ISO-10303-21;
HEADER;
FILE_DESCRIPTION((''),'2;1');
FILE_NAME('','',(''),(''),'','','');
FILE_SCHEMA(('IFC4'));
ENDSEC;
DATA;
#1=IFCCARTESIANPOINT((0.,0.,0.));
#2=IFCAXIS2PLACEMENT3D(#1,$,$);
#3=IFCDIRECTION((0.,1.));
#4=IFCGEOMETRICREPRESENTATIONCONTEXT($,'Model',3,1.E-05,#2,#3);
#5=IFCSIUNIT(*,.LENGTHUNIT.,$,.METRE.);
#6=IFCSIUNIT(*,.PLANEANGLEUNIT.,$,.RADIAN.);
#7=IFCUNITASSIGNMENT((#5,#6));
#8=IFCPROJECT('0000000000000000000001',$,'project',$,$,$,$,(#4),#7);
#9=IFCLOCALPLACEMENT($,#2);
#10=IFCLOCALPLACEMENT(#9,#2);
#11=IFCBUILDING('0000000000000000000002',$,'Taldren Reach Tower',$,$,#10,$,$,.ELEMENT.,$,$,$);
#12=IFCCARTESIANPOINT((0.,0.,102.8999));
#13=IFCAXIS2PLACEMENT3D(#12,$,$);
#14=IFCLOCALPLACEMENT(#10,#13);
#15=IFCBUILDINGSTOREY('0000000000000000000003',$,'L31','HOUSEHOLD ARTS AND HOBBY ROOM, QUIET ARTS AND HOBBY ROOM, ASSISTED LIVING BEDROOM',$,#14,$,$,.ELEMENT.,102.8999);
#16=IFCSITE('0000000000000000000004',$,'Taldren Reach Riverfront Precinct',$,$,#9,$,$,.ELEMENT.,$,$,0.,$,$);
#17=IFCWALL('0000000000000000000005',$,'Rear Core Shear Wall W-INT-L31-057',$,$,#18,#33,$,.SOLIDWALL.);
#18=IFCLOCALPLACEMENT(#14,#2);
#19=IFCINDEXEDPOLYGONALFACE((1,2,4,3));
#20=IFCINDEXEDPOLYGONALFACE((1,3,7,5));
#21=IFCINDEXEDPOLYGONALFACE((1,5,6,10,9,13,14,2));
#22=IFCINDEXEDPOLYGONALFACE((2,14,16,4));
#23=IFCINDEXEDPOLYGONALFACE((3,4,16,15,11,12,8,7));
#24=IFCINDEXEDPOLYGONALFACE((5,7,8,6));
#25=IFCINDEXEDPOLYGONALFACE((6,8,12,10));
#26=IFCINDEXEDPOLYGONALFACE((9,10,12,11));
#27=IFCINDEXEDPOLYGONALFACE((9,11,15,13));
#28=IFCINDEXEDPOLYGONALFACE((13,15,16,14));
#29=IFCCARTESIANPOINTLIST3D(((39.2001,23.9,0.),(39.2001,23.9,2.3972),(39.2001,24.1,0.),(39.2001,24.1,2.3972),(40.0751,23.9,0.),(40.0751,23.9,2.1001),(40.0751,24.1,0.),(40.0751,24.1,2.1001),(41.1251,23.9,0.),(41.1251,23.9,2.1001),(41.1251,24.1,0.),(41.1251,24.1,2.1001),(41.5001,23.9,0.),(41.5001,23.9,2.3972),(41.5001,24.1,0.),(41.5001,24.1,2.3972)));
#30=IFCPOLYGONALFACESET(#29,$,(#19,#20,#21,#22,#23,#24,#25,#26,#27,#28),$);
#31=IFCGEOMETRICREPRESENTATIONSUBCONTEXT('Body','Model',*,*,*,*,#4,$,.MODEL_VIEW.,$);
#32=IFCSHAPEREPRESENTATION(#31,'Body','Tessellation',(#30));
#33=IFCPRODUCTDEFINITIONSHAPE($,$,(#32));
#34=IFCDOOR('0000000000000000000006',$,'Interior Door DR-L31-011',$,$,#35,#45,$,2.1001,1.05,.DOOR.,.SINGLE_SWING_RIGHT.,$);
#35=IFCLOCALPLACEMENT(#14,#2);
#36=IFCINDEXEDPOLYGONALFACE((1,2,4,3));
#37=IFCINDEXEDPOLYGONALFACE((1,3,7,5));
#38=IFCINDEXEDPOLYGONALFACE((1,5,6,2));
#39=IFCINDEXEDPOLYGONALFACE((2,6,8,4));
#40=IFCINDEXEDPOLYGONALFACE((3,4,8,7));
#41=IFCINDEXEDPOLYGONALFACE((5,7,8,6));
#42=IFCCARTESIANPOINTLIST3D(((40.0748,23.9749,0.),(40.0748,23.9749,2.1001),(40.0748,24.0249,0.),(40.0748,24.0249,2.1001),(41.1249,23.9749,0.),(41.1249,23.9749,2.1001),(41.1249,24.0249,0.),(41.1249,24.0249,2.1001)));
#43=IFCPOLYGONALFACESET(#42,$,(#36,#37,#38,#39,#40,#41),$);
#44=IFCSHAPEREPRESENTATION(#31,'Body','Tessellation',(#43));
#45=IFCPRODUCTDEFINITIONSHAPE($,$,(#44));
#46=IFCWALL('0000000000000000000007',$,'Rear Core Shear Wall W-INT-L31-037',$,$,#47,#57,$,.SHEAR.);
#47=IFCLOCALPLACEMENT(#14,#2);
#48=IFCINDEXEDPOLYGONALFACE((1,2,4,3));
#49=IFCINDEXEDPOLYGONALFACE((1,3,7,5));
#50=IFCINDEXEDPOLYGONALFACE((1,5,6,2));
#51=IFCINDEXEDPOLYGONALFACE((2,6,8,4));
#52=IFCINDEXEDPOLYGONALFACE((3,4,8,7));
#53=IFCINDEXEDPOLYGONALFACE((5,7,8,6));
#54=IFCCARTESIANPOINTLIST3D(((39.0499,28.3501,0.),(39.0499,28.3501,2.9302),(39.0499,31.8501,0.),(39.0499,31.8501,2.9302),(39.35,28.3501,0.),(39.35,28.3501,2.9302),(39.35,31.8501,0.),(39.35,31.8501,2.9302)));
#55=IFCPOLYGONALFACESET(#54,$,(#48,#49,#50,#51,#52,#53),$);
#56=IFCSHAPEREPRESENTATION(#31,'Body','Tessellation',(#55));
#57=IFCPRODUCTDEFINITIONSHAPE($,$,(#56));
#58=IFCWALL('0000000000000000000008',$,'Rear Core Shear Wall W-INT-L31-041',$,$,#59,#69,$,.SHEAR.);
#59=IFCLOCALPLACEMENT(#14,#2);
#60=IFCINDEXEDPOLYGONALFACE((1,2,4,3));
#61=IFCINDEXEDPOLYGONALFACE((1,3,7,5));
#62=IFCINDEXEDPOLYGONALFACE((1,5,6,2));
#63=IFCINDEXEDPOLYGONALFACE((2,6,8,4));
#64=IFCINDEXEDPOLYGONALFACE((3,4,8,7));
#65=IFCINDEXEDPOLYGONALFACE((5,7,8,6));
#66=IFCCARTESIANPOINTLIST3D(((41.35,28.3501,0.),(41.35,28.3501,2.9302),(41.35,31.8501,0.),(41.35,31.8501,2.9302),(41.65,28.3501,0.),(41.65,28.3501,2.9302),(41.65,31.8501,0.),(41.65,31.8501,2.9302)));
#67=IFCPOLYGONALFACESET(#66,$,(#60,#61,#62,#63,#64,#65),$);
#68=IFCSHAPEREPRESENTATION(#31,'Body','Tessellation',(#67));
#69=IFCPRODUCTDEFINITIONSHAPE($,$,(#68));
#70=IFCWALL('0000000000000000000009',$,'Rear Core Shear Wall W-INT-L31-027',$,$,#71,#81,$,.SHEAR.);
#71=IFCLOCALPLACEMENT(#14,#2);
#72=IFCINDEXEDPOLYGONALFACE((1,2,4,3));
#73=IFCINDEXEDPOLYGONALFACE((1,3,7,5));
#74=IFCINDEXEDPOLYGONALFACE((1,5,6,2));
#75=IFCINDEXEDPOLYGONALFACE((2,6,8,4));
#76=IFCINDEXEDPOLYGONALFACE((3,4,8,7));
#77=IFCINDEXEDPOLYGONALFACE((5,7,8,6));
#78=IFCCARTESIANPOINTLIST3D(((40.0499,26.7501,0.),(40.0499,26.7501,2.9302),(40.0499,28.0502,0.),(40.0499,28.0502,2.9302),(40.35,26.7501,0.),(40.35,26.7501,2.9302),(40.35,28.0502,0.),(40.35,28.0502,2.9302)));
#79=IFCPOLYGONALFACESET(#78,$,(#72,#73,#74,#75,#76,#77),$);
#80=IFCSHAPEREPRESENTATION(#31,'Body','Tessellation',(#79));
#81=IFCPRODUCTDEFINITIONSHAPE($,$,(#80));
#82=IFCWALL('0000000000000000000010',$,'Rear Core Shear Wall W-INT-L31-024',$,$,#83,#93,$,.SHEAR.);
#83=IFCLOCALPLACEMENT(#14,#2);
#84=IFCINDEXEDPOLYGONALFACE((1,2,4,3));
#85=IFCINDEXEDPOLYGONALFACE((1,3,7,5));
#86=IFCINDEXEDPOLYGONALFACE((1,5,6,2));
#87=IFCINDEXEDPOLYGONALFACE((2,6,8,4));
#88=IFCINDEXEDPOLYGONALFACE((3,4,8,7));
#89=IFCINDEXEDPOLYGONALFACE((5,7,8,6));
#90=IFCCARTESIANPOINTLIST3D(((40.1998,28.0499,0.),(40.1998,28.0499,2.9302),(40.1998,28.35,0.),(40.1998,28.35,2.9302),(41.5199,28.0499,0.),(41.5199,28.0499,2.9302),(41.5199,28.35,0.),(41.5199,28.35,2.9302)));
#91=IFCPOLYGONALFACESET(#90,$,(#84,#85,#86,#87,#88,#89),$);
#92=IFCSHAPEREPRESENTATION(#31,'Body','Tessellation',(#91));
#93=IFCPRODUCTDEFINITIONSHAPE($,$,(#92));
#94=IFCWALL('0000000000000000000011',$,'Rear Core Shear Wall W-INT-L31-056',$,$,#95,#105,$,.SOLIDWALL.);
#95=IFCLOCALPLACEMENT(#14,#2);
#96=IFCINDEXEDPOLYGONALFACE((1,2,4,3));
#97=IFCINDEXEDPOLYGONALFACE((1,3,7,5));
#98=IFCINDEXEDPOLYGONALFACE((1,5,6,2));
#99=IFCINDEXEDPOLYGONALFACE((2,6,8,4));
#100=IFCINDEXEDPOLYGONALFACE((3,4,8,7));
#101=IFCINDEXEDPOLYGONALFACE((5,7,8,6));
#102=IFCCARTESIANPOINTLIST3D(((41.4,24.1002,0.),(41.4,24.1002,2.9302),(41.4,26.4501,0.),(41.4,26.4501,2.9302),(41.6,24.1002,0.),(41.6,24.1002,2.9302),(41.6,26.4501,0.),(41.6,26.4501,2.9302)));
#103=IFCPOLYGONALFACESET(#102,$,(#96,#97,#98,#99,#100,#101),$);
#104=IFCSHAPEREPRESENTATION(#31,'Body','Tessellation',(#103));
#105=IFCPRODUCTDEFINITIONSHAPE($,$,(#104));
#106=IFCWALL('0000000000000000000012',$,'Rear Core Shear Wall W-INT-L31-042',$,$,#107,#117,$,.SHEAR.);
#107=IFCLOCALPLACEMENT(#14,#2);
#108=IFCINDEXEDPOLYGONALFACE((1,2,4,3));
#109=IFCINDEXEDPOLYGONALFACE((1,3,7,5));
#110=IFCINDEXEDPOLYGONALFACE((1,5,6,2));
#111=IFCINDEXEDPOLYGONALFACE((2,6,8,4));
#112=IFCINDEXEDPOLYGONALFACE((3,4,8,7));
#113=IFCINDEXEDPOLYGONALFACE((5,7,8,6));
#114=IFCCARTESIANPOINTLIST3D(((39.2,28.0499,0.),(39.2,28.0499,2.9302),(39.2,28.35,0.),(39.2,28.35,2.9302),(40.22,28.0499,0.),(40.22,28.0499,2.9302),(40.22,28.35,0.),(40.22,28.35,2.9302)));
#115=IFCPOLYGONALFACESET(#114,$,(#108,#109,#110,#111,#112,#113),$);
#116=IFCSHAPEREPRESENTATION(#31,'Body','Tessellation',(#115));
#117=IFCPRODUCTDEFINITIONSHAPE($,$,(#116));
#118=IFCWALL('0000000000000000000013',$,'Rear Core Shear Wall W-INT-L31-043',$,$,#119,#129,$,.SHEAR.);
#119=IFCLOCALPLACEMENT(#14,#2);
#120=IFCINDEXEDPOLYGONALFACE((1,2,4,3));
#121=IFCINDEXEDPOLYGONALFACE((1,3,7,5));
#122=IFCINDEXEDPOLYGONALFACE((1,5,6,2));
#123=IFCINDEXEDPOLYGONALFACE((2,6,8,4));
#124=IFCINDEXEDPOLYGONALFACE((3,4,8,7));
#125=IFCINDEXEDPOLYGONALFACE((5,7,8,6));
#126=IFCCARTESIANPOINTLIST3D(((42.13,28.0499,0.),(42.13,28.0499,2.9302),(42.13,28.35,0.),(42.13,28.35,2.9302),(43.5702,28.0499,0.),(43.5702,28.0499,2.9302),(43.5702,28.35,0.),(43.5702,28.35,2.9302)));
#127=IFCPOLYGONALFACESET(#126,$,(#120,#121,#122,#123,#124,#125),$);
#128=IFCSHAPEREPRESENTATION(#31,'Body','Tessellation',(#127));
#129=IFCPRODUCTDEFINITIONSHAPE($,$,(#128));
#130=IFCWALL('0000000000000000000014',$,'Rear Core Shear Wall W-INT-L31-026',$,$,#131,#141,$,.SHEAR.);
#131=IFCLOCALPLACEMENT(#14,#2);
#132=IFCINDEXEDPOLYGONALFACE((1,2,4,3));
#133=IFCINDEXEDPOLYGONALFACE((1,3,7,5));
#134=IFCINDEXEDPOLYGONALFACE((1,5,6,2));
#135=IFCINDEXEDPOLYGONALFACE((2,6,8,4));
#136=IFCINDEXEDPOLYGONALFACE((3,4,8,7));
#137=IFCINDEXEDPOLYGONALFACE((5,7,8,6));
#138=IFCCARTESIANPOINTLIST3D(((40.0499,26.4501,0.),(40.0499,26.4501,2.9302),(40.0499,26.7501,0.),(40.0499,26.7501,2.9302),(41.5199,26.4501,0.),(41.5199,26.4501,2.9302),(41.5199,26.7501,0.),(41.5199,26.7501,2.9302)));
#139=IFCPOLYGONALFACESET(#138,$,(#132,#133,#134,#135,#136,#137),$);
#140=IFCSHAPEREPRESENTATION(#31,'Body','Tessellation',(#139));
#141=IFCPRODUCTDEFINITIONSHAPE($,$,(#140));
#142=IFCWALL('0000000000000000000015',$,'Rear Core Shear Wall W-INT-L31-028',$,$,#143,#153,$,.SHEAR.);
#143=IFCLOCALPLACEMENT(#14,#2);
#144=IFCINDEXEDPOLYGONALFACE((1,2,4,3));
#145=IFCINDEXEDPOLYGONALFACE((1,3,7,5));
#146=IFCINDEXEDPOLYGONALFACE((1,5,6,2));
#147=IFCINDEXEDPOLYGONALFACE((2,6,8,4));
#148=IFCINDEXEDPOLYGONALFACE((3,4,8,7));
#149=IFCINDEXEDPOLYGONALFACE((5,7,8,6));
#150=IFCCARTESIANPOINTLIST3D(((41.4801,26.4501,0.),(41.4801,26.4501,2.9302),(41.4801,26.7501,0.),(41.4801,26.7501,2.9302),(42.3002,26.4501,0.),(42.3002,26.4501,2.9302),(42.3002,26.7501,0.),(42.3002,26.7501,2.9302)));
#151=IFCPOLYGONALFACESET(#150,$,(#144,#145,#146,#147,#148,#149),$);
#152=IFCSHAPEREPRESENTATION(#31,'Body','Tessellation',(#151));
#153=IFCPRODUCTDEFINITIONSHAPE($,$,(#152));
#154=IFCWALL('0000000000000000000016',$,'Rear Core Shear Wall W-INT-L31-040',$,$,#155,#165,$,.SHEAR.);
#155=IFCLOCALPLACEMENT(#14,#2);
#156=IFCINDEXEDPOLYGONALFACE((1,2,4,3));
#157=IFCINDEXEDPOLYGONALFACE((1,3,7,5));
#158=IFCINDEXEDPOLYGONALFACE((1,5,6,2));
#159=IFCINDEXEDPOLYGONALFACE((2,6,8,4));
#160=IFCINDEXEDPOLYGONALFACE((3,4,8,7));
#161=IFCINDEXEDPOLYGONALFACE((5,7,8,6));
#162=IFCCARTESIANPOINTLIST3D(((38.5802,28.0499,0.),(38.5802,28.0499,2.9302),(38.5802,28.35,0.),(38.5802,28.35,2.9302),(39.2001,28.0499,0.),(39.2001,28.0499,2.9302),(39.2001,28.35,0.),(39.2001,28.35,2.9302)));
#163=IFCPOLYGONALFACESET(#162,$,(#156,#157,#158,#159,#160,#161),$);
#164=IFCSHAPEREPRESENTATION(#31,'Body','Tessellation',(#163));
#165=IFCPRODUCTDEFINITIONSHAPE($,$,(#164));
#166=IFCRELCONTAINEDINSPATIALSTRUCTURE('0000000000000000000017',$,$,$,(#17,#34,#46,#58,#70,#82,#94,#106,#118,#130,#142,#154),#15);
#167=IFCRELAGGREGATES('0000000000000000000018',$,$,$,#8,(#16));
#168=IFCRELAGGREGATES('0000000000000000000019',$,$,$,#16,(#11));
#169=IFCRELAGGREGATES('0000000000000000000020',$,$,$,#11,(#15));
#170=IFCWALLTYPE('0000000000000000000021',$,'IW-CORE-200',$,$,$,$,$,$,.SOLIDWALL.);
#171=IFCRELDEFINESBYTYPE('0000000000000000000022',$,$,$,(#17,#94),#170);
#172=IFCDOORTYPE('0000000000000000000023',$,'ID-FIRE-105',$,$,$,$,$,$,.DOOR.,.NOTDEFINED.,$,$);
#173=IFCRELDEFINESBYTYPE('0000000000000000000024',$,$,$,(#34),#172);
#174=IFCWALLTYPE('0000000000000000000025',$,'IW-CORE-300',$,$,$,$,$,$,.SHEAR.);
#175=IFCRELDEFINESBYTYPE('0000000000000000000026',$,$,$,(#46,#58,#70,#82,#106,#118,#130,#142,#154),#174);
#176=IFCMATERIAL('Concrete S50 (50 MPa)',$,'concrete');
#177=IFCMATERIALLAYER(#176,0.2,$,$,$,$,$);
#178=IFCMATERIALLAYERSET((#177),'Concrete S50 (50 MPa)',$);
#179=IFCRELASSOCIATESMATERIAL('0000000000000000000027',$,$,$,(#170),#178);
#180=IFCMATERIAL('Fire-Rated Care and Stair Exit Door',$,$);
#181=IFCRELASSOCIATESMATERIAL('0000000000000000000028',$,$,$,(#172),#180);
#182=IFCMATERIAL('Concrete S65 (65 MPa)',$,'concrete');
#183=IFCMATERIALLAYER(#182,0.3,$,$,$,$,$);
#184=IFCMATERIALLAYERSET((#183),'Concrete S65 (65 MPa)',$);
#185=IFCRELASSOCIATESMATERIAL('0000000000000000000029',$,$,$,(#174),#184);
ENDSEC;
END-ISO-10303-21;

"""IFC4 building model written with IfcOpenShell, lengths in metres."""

from ifc_helpers import new_model, si_unit, direction, frame, frame_2d, origin, place, context, subcontext, project, spatial, rectangle, extrude, source, transform, mapped, material, layer, layer_set, type_object, element, fill, save


model = new_model("IFC4")

# Units and contexts
model_context = context("Model", 3, precision=1e-05, world=origin(), true_north=direction((0.0, 1.0)))
body_context = subcontext(model_context, "Body", "Model", "MODEL_VIEW")
ifc_project = project(units=[si_unit("LENGTHUNIT", "METRE"), si_unit("PLANEANGLEUNIT", "RADIAN")], contexts=[model_context])

# Site, building, storey
site_placement = place(None, origin())
site = spatial("IfcSite", under=ifc_project, at=site_placement, Name="Taldren Reach Riverfront Precinct", CompositionType="ELEMENT", RefElevation=0.0)
building_placement = place(site_placement, origin())
building = spatial("IfcBuilding", under=site, at=building_placement, Name="Taldren Reach Tower", CompositionType="ELEMENT")
storey_placement = place(building_placement, frame((0.0, 0.0, 102.8999)))
storey = spatial("IfcBuildingStorey", under=building, at=storey_placement, Name="L31", Description="HOUSEHOLD ARTS AND HOBBY ROOM, QUIET ARTS AND HOBBY ROOM, ASSISTED LIVING BEDROOM", CompositionType="ELEMENT", Elevation=102.8999)

# Shared definitions
ifc_material_1 = material(Name="Concrete S65 (65 MPa)", Category="concrete")

# Shared definitions
ifc_material_2 = material(Name="Concrete S50 (50 MPa)", Category="concrete")
ifc_layer_1 = layer(ifc_material_2, 0.2)
ifc_layer_set_1 = layer_set([ifc_layer_1], Name="Concrete S50 (50 MPa)")
wall_type_1 = type_object("IfcWallType", Name="IW-CORE-200", PredefinedType="SOLIDWALL", material=ifc_layer_set_1)

# Wall, opening, door
shared_shape_1 = source(origin(), body_context, "Body", "SweptSolid", [
    extrude(rectangle(XDim=1.05, YDim=2.1001, at=frame_2d((0.5249, 1.05))), frame((0.0, 0.1099, 0.0), z_axis=(0.0, -1.0, 0.0), x_axis=(1.0, 0.0, 0.0)), (0.0, 0.0, 1.0), 0.22),
])
ifc_material_3 = material(Name="Fire-Rated Care and Stair Exit Door")
door_type_1 = type_object("IfcDoorType", Name="ID-FIRE-105", OperationType="NOTDEFINED", PredefinedType="DOOR", material=ifc_material_3)
shared_shape_2 = source(origin(), body_context, "Body", "SweptSolid", [
    extrude(rectangle(XDim=1.05, YDim=2.1001, at=frame_2d((0.5249, 1.05))), frame((0.0, 0.0249, 0.0), z_axis=(0.0, -1.0, 0.0), x_axis=(1.0, 0.0, 0.0)), (0.0, 0.0, 1.0), 0.05),
])
shared_shape_3 = source(origin(), body_context, "Body", "SweptSolid", [
    extrude(rectangle(XDim=2.3, YDim=0.2, at=frame_2d((1.1499, 0.0))), origin(), (0.0, 0.0, 1.0), 2.3972),
])
wall_1_placement = place(storey_placement, frame((41.5, 24.0, 0.0), z_axis=(0.0, 0.0, 1.0), x_axis=(-1.0, 0.0, 0.0)))
wall_1 = element("IfcWall", 1, at=wall_1_placement, inside=storey, type_object=wall_type_1, Name="Rear Core Shear Wall W-INT-L31-057", PredefinedType="SOLIDWALL", context=body_context, shape_type="MappedRepresentation", body=[
    mapped(shared_shape_3, transform((0.0, 0.0, 0.0), scale=1.0)),
])
opening_1_placement = place(wall_1_placement, frame((0.375, 0.0, 0.0)))
opening_1 = element("IfcOpeningElement", 2, at=opening_1_placement, cuts=wall_1, PredefinedType="OPENING", context=body_context, shape_type="MappedRepresentation", body=[
    mapped(shared_shape_1, transform((0.0, 0.0, 0.0), scale=1.0)),
])
door_1_placement = place(opening_1_placement, frame((1.05, 0.0, 0.0), z_axis=(0.0, 0.0, 1.0), x_axis=(-1.0, 0.0, 0.0)))
door_1 = element("IfcDoor", 3, at=door_1_placement, inside=storey, type_object=door_type_1, Name="Interior Door DR-L31-011", OperationType="SINGLE_SWING_RIGHT", OverallHeight=2.1001, OverallWidth=1.05, PredefinedType="DOOR", context=body_context, shape_type="MappedRepresentation", body=[
    mapped(shared_shape_2, transform((0.0, 0.0, 0.0), scale=1.0)),
])
fill(opening_1, door_1)

# Walls
ifc_layer_2 = layer(ifc_material_1, 0.3)
ifc_layer_set_2 = layer_set([ifc_layer_2], Name="Concrete S65 (65 MPa)")
wall_type_2 = type_object("IfcWallType", Name="IW-CORE-300", PredefinedType="SHEAR", material=ifc_layer_set_2)
shared_shape_4 = source(origin(), body_context, "Body", "SweptSolid", [
    extrude(rectangle(XDim=3.5, YDim=0.3, at=frame_2d((1.75, 0.0))), origin(), (0.0, 0.0, 1.0), 2.9302),
])
for number, where, z_axis, x_axis, name in (
    (4, (39.2, 28.3501, 0.0), (0.0, 0.0, 1.0), (0.0, 1.0, 0.0), "Rear Core Shear Wall W-INT-L31-037"),
    (5, (41.5, 28.3501, 0.0), (0.0, 0.0, 1.0), (0.0, 1.0, 0.0), "Rear Core Shear Wall W-INT-L31-041"),
):
    element("IfcWall", number, at=place(storey_placement, frame(where, z_axis=z_axis, x_axis=x_axis)), inside=storey, type_object=wall_type_2, Name=name, PredefinedType="SHEAR", context=body_context, shape_type="MappedRepresentation", body=[
        mapped(shared_shape_4, transform((0.0, 0.0, 0.0), scale=1.0)),
    ])
shared_shape_5 = source(origin(), body_context, "Body", "SweptSolid", [
    extrude(rectangle(XDim=1.3, YDim=0.3, at=frame_2d((0.6499, 0.0))), origin(), (0.0, 0.0, 1.0), 2.9302),
])
wall_2_placement = place(storey_placement, frame((40.2, 28.05, 0.0), z_axis=(0.0, 0.0, 1.0), x_axis=(0.0, -1.0, 0.0)))
element("IfcWall", 6, at=wall_2_placement, inside=storey, type_object=wall_type_2, Name="Rear Core Shear Wall W-INT-L31-027", PredefinedType="SHEAR", context=body_context, shape_type="MappedRepresentation", body=[
    mapped(shared_shape_5, transform((0.0, 0.0, 0.0), scale=1.0)),
])
shared_shape_6 = source(origin(), body_context, "Body", "SweptSolid", [
    extrude(rectangle(XDim=1.3201, YDim=0.3, at=frame_2d((0.6602, 0.0))), origin(), (0.0, 0.0, 1.0), 2.9302),
])
wall_3_placement = place(storey_placement, frame((41.52, 28.2, 0.0), z_axis=(0.0, 0.0, 1.0), x_axis=(-1.0, 0.0, 0.0)))
element("IfcWall", 7, at=wall_3_placement, inside=storey, type_object=wall_type_2, Name="Rear Core Shear Wall W-INT-L31-024", PredefinedType="SHEAR", context=body_context, shape_type="MappedRepresentation", body=[
    mapped(shared_shape_6, transform((0.0, 0.0, 0.0), scale=1.0)),
])
shared_shape_7 = source(origin(), body_context, "Body", "SweptSolid", [
    extrude(rectangle(XDim=2.3499, YDim=0.2, at=frame_2d((1.1748, 0.0))), origin(), (0.0, 0.0, 1.0), 2.9302),
])
wall_4_placement = place(storey_placement, frame((41.5, 26.45, 0.0), z_axis=(0.0, 0.0, 1.0), x_axis=(0.0, -1.0, 0.0)))
element("IfcWall", 8, at=wall_4_placement, inside=storey, type_object=wall_type_1, Name="Rear Core Shear Wall W-INT-L31-056", PredefinedType="SOLIDWALL", context=body_context, shape_type="MappedRepresentation", body=[
    mapped(shared_shape_7, transform((0.0, 0.0, 0.0), scale=1.0)),
])
shared_shape_8 = source(origin(), body_context, "Body", "SweptSolid", [
    extrude(rectangle(XDim=1.02, YDim=0.3, at=frame_2d((0.51, 0.0))), origin(), (0.0, 0.0, 1.0), 2.9302),
])
wall_5_placement = place(storey_placement, frame((39.2, 28.2, 0.0), z_axis=(0.0, 0.0, 1.0), x_axis=(1.0, 0.0, 0.0)))
element("IfcWall", 9, at=wall_5_placement, inside=storey, type_object=wall_type_2, Name="Rear Core Shear Wall W-INT-L31-042", PredefinedType="SHEAR", context=body_context, shape_type="MappedRepresentation", body=[
    mapped(shared_shape_8, transform((0.0, 0.0, 0.0), scale=1.0)),
])
shared_shape_9 = source(origin(), body_context, "Body", "SweptSolid", [
    extrude(rectangle(XDim=1.4402, YDim=0.3, at=frame_2d((0.7202, 0.0))), origin(), (0.0, 0.0, 1.0), 2.9302),
])
wall_6_placement = place(storey_placement, frame((42.1299, 28.2, 0.0), z_axis=(0.0, 0.0, 1.0), x_axis=(1.0, 0.0, 0.0)))
element("IfcWall", 10, at=wall_6_placement, inside=storey, type_object=wall_type_2, Name="Rear Core Shear Wall W-INT-L31-043", PredefinedType="SHEAR", context=body_context, shape_type="MappedRepresentation", body=[
    mapped(shared_shape_9, transform((0.0, 0.0, 0.0), scale=1.0)),
])
shared_shape_10 = source(origin(), body_context, "Body", "SweptSolid", [
    extrude(rectangle(XDim=1.47, YDim=0.3, at=frame_2d((0.7349, 0.0))), origin(), (0.0, 0.0, 1.0), 2.9302),
])
wall_7_placement = place(storey_placement, frame((40.05, 26.6001, 0.0), z_axis=(0.0, 0.0, 1.0), x_axis=(1.0, 0.0, 0.0)))
element("IfcWall", 11, at=wall_7_placement, inside=storey, type_object=wall_type_2, Name="Rear Core Shear Wall W-INT-L31-026", PredefinedType="SHEAR", context=body_context, shape_type="MappedRepresentation", body=[
    mapped(shared_shape_10, transform((0.0, 0.0, 0.0), scale=1.0)),
])
shared_shape_11 = source(origin(), body_context, "Body", "SweptSolid", [
    extrude(rectangle(XDim=0.8201, YDim=0.3, at=frame_2d((0.4102, 0.0))), origin(), (0.0, 0.0, 1.0), 2.9302),
])
wall_8_placement = place(storey_placement, frame((41.48, 26.6001, 0.0), z_axis=(0.0, 0.0, 1.0), x_axis=(1.0, 0.0, 0.0)))
element("IfcWall", 12, at=wall_8_placement, inside=storey, type_object=wall_type_2, Name="Rear Core Shear Wall W-INT-L31-028", PredefinedType="SHEAR", context=body_context, shape_type="MappedRepresentation", body=[
    mapped(shared_shape_11, transform((0.0, 0.0, 0.0), scale=1.0)),
])
shared_shape_12 = source(origin(), body_context, "Body", "SweptSolid", [
    extrude(rectangle(XDim=0.6199, YDim=0.3, at=frame_2d((0.3101, 0.0))), origin(), (0.0, 0.0, 1.0), 2.9302),
])
wall_9_placement = place(storey_placement, frame((38.5801, 28.2, 0.0), z_axis=(0.0, 0.0, 1.0), x_axis=(1.0, 0.0, 0.0)))
element("IfcWall", 13, at=wall_9_placement, inside=storey, type_object=wall_type_2, Name="Rear Core Shear Wall W-INT-L31-040", PredefinedType="SHEAR", context=body_context, shape_type="MappedRepresentation", body=[
    mapped(shared_shape_12, transform((0.0, 0.0, 0.0), scale=1.0)),
])

save(model, "model.ifc")
